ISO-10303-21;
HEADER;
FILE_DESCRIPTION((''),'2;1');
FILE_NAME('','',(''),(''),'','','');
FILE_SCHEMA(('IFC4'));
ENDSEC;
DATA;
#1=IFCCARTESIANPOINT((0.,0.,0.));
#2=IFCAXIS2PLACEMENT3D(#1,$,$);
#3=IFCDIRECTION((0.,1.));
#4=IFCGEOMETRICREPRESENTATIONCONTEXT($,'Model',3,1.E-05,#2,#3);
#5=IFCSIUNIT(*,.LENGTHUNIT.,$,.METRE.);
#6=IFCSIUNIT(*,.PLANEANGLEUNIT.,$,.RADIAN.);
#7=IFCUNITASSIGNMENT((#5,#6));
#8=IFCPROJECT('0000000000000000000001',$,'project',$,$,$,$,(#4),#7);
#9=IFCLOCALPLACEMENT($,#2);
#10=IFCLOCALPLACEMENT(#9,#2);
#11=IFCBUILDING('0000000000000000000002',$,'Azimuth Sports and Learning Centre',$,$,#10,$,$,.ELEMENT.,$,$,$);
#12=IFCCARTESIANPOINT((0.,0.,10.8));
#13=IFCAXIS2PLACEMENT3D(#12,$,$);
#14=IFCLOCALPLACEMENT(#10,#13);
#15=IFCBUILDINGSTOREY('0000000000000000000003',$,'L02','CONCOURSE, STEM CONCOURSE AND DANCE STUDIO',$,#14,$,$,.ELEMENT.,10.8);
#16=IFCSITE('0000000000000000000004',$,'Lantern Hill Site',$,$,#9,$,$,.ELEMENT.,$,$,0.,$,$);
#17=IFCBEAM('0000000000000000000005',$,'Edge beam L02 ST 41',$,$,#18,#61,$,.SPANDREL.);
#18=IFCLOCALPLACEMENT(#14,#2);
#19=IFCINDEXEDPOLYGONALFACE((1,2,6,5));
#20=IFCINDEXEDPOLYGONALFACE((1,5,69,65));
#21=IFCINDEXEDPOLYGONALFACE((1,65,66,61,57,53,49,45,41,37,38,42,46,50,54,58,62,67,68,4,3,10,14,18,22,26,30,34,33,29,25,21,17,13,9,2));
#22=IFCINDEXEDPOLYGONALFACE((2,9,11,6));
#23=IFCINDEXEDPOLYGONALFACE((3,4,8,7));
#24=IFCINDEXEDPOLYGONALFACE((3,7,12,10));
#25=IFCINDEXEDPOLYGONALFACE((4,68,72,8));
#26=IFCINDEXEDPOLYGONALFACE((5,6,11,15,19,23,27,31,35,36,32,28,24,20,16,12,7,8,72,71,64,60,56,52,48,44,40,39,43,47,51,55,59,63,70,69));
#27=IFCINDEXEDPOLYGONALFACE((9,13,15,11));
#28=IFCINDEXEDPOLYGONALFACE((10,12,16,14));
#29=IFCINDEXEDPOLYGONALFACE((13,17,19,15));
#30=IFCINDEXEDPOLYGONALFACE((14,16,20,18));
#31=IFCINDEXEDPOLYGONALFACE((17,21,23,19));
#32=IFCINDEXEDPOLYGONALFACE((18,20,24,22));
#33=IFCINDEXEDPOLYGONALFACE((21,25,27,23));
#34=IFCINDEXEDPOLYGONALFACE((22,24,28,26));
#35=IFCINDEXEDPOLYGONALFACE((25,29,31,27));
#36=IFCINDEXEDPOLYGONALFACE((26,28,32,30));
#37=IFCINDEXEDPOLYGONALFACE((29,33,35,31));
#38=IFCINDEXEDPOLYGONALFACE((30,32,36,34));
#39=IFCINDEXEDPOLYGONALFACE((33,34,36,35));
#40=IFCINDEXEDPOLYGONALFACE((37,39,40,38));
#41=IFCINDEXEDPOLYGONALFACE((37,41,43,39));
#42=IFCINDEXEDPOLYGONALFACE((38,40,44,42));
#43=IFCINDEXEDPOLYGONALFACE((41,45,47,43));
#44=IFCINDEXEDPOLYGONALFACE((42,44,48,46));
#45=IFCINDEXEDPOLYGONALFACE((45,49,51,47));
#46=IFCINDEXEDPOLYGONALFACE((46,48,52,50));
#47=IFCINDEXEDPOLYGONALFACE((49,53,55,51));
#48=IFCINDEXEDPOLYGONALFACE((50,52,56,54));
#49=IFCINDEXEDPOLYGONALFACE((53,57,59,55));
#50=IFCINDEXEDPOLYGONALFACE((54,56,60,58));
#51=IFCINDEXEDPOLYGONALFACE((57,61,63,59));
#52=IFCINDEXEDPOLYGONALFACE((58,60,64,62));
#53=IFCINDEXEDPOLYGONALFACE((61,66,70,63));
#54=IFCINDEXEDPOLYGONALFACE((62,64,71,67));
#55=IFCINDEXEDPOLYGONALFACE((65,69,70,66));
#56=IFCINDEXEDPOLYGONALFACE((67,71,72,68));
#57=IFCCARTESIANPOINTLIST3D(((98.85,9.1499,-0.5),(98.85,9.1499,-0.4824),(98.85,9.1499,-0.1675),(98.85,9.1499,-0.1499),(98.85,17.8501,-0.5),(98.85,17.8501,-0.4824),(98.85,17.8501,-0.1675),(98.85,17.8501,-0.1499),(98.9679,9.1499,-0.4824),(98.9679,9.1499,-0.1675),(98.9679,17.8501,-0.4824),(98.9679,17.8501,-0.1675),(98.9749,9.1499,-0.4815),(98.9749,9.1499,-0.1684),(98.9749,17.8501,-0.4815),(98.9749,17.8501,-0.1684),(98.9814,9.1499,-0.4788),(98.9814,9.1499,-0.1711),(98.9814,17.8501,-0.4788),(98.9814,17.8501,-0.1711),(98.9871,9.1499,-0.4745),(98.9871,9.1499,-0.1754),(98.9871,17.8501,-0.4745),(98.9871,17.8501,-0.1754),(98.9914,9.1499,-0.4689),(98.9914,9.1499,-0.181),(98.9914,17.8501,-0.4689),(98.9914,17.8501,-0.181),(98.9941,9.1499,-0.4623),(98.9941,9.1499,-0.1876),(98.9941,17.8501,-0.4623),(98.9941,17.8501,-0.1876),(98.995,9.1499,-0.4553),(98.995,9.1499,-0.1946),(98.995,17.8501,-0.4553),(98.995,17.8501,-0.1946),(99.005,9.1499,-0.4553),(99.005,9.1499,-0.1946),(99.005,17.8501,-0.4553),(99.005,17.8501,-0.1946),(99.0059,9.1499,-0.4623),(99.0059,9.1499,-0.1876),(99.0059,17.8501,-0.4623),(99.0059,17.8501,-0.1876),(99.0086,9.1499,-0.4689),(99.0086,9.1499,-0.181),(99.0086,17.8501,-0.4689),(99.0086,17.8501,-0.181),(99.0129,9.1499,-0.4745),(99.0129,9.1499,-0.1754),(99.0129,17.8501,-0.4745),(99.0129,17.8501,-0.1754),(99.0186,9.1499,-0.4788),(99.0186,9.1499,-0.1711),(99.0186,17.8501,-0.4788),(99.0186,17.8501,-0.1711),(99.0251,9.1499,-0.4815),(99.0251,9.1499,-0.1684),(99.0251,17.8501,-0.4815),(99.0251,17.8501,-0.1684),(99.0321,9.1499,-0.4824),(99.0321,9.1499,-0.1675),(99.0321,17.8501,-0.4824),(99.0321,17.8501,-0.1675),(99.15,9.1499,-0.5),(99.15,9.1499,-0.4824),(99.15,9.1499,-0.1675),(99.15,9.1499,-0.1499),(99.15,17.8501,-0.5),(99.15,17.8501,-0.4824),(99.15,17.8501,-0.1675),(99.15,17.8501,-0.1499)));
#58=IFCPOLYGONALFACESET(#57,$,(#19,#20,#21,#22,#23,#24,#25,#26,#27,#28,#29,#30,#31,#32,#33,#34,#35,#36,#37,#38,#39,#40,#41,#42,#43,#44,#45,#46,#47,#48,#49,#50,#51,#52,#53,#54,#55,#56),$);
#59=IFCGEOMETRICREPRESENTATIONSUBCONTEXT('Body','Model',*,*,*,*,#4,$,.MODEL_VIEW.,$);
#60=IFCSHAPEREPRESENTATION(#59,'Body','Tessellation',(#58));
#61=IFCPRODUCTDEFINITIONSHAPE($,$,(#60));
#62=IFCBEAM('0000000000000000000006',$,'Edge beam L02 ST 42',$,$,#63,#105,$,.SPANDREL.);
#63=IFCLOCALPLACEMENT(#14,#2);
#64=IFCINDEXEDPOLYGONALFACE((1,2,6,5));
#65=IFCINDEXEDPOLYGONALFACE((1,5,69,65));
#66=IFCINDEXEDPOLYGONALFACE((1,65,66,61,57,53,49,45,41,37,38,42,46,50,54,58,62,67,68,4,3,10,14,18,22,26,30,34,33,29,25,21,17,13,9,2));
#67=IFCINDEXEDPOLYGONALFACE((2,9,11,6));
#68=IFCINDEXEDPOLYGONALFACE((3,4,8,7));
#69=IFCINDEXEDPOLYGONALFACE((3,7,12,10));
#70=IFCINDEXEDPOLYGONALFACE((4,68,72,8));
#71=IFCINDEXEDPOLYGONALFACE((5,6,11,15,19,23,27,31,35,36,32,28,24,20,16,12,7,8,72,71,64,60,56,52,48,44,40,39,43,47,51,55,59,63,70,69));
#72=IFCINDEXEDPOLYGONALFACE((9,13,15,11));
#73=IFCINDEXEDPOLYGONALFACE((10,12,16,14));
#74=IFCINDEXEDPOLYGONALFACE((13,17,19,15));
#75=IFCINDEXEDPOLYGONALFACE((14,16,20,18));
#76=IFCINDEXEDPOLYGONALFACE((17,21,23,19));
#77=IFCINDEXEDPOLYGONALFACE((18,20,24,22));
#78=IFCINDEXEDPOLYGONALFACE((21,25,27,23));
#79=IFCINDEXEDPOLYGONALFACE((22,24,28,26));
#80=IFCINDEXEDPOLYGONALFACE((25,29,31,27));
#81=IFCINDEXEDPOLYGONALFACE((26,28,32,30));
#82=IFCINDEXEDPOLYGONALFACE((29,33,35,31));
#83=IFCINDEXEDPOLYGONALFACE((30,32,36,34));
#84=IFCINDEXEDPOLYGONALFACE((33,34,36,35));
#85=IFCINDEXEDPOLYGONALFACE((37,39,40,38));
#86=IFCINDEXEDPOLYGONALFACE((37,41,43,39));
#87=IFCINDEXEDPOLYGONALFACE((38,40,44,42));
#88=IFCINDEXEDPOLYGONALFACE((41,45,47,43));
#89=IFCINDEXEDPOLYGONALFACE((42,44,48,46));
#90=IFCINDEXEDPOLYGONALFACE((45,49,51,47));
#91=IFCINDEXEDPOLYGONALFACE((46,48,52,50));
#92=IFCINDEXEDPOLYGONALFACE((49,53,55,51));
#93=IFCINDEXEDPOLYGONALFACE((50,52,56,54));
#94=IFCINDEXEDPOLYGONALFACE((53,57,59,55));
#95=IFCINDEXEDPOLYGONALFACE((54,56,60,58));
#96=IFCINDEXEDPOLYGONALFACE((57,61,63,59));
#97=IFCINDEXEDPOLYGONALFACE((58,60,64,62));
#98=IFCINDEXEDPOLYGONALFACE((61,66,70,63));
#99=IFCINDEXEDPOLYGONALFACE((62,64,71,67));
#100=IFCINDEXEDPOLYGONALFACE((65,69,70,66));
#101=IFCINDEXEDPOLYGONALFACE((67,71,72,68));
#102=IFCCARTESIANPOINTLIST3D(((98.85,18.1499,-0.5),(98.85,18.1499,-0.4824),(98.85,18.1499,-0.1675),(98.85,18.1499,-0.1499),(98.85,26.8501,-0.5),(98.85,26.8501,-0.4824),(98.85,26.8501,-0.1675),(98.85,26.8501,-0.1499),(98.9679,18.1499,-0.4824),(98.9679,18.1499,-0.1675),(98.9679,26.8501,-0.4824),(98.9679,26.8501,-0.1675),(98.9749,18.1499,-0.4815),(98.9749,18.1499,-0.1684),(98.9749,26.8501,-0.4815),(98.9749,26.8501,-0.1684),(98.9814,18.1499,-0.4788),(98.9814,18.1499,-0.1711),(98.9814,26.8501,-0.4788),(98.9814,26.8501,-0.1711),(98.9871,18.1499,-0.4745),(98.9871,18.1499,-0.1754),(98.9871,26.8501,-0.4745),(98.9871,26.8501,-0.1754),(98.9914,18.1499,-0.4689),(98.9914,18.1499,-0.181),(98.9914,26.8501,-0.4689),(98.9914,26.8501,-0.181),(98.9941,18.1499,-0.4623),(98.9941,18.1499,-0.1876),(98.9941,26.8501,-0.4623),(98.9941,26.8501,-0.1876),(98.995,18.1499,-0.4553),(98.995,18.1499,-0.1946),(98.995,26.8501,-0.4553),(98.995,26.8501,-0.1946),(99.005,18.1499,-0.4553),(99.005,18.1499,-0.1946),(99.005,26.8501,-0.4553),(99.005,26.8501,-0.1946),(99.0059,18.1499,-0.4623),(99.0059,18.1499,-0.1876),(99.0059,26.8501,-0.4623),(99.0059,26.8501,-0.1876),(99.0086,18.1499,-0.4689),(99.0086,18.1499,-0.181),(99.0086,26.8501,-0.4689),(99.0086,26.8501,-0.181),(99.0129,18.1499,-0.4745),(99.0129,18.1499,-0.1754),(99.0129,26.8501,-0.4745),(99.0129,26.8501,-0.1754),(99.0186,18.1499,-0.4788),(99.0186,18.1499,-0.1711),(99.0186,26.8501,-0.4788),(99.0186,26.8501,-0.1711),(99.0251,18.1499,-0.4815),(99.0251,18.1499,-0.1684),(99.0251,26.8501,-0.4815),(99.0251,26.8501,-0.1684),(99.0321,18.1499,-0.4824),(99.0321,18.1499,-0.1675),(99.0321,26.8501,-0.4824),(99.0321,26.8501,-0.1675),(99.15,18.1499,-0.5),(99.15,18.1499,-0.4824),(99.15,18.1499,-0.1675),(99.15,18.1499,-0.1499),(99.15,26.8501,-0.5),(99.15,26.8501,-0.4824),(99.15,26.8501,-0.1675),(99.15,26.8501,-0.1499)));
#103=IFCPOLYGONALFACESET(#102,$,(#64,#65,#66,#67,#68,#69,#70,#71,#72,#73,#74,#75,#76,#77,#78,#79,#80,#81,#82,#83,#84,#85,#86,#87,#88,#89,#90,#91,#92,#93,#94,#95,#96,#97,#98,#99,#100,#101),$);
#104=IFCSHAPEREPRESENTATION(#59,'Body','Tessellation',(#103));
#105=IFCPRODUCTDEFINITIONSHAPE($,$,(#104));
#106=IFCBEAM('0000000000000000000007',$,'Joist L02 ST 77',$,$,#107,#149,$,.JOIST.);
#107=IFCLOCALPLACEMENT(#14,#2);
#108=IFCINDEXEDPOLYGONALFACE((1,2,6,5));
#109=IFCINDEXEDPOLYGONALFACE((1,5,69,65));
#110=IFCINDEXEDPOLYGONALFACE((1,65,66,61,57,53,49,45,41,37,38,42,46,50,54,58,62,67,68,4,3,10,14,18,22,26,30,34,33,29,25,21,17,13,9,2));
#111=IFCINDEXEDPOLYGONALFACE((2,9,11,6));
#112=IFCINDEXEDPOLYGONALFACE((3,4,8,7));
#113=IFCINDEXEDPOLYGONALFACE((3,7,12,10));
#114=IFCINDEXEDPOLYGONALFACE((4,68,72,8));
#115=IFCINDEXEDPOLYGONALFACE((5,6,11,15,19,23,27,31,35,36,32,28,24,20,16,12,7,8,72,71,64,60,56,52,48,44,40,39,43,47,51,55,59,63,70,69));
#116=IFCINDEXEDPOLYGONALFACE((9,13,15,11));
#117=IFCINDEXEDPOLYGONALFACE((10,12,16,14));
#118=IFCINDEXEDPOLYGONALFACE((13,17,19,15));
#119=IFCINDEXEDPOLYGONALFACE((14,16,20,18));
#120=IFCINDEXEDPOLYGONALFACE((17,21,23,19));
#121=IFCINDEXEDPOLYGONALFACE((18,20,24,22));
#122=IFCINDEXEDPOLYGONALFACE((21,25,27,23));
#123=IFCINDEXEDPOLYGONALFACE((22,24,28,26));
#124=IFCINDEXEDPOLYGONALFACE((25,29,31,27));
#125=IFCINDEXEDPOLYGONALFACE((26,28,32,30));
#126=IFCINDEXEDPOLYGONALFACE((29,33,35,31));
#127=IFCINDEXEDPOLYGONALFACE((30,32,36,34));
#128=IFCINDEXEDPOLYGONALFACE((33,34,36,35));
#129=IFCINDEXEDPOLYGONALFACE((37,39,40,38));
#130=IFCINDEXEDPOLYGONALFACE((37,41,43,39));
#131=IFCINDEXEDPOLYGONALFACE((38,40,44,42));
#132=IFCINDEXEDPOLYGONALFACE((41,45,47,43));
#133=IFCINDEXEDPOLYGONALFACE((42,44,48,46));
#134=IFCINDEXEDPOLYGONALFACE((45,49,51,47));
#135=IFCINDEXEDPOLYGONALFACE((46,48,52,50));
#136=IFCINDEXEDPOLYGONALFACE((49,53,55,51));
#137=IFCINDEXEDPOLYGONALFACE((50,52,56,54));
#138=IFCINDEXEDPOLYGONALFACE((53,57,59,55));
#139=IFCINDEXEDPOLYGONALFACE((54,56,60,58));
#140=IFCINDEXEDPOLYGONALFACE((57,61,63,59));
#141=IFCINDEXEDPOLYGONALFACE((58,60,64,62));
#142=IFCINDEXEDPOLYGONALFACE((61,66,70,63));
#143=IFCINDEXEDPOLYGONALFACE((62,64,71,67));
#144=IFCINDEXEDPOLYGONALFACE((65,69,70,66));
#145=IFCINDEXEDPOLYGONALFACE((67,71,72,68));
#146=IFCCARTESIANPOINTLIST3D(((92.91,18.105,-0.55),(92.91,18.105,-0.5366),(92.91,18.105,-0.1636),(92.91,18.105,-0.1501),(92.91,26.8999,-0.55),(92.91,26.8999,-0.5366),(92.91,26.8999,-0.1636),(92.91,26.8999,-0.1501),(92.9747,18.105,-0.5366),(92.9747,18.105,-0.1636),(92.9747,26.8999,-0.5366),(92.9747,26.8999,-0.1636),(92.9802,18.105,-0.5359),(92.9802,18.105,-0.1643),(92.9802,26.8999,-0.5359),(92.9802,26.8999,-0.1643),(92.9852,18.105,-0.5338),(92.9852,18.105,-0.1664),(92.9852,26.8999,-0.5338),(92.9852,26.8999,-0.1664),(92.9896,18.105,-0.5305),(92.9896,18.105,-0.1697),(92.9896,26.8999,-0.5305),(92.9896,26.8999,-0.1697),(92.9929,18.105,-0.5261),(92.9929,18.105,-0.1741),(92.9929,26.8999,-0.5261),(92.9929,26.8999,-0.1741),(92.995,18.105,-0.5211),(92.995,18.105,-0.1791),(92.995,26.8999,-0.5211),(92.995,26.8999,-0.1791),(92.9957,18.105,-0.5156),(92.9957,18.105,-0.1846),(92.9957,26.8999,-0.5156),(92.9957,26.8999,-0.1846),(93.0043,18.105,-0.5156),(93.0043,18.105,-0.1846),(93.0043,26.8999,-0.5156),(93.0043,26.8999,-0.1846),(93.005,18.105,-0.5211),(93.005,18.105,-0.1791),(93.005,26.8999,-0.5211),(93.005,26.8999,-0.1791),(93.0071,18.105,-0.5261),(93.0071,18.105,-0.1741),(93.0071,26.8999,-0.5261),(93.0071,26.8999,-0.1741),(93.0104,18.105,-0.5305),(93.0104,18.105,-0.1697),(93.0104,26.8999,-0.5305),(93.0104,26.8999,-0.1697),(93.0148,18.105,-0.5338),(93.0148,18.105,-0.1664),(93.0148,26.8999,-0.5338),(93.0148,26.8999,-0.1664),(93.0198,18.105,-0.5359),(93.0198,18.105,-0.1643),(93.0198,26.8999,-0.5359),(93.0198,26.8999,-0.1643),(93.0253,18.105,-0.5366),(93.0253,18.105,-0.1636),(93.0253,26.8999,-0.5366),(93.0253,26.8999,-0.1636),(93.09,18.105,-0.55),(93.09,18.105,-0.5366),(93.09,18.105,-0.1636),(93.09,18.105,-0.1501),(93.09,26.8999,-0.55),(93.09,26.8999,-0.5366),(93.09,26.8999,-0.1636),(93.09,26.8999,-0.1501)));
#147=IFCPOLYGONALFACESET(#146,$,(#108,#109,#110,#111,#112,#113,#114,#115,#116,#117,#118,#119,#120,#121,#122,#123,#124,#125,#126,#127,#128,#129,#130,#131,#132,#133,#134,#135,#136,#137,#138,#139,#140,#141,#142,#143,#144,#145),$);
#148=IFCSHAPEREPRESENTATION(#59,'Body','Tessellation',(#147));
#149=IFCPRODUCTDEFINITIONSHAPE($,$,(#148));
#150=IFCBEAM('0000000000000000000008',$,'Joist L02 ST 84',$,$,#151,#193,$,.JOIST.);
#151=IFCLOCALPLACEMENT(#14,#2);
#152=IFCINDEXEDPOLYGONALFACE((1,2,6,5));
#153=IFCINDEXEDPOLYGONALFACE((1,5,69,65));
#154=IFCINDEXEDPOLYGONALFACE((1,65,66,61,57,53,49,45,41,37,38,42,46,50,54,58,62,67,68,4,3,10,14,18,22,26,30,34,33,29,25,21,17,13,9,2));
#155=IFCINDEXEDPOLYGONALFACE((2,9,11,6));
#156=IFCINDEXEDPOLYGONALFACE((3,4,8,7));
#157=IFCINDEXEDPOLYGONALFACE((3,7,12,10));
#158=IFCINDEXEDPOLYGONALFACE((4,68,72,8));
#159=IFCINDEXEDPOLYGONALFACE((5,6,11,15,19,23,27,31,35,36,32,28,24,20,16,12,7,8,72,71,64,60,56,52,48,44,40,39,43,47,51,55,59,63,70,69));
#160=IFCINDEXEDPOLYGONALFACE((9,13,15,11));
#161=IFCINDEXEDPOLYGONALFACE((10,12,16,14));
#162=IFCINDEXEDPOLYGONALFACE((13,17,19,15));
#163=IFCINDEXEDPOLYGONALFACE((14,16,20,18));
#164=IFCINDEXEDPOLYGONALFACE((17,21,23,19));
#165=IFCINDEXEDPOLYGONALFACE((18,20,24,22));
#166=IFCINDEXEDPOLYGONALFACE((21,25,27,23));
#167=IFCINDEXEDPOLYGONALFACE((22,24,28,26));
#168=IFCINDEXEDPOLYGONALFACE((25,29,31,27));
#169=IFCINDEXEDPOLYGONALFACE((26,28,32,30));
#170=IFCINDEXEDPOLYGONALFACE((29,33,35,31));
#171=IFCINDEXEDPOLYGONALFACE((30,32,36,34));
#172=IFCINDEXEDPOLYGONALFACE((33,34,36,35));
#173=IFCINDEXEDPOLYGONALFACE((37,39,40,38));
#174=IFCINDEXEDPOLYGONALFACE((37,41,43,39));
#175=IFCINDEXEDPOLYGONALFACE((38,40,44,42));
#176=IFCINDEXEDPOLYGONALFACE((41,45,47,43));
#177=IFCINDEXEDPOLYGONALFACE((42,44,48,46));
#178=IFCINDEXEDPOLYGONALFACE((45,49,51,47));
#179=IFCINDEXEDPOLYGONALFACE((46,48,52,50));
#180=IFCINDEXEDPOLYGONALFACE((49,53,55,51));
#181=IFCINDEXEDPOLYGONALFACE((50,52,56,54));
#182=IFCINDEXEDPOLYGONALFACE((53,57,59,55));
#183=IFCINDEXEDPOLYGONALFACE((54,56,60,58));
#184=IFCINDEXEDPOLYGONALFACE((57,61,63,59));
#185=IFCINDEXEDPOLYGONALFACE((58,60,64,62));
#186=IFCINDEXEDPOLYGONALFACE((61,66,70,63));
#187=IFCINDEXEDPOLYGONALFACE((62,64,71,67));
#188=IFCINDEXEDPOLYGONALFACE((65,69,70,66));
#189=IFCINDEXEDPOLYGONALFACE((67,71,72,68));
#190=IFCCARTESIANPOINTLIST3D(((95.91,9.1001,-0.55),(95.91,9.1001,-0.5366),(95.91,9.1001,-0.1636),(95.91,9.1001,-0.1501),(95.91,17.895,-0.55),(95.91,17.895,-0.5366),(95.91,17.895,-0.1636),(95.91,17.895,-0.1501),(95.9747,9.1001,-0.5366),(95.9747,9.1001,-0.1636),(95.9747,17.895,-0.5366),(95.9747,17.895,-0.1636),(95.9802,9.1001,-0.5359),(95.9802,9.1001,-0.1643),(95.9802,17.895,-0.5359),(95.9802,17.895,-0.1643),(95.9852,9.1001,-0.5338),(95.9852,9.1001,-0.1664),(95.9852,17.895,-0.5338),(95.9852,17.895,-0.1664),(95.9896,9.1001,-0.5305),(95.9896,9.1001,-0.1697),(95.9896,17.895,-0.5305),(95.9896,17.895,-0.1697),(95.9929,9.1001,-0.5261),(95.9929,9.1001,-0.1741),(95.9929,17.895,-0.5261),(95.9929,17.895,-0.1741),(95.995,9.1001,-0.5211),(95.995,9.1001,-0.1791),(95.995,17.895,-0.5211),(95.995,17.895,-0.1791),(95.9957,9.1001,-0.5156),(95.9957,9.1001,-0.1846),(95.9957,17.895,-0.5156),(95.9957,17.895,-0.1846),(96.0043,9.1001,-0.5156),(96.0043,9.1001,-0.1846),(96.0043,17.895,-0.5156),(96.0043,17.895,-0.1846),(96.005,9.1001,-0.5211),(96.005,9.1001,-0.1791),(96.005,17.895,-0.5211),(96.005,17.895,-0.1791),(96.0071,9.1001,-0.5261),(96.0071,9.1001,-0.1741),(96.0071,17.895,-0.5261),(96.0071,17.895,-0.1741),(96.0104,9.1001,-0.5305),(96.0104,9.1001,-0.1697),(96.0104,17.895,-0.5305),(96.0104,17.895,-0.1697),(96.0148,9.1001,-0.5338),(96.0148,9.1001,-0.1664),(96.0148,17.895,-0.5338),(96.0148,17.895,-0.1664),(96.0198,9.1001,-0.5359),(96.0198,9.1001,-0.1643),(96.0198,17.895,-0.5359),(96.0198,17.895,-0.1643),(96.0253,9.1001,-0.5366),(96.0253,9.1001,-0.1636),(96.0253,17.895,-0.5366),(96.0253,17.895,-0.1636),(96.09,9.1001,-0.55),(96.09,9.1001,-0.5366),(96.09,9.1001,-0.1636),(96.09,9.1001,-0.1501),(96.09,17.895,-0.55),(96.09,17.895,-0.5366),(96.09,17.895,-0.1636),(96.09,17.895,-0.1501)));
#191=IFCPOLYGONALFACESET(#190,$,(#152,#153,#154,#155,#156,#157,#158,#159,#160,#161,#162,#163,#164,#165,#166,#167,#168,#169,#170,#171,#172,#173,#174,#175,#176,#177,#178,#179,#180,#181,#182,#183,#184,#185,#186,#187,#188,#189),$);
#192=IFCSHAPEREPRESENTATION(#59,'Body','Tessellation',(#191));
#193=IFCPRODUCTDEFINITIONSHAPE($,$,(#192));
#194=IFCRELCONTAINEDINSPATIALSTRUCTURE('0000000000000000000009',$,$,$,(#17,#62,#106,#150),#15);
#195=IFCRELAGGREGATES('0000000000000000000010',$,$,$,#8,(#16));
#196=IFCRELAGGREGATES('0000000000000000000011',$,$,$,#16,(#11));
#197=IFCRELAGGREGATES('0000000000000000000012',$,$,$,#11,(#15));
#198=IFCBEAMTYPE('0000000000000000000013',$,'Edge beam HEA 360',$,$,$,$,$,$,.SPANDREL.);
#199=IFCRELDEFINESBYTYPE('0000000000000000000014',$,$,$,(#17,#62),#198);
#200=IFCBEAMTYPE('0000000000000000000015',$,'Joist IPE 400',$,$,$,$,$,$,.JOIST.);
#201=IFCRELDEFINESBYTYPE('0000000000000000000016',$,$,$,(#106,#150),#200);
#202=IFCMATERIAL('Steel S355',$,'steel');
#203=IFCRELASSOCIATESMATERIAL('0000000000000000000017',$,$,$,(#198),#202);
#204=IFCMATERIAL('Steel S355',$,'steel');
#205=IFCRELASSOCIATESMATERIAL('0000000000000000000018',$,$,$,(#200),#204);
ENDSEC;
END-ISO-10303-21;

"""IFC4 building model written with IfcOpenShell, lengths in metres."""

from ifc_helpers import new_model, si_unit, direction, frame, origin, origin_2d, place, context, subcontext, project, spatial, i_section, extrude, material, material_profile, profile_set, type_object, element, save


model = new_model("IFC4")

# Units and contexts
model_context = context("Model", 3, precision=1e-05, world=origin(), true_north=direction((0.0, 1.0)))
body_context = subcontext(model_context, "Body", "Model", "MODEL_VIEW")
ifc_project = project(units=[si_unit("LENGTHUNIT", "METRE"), si_unit("PLANEANGLEUNIT", "RADIAN")], contexts=[model_context])

# Site, building, storey
site_placement = place(None, origin())
site = spatial("IfcSite", under=ifc_project, at=site_placement, Name="Lantern Hill Site", CompositionType="ELEMENT", RefElevation=0.0)
building_placement = place(site_placement, origin())
building = spatial("IfcBuilding", under=site, at=building_placement, Name="Azimuth Sports and Learning Centre", CompositionType="ELEMENT")
storey_placement = place(building_placement, frame((0.0, 0.0, 10.8)))
storey = spatial("IfcBuildingStorey", under=building, at=storey_placement, Name="L02", Description="CONCOURSE, STEM CONCOURSE AND DANCE STUDIO", CompositionType="ELEMENT", Elevation=10.8)

# Beams
ifc_material_1 = material(Name="Steel S355", Category="steel")
ifc_material_profile_1 = material_profile(ifc_material_1, i_section(OverallWidth=0.3, OverallDepth=0.3501, WebThickness=0.01, FlangeThickness=0.0176, FilletRadius=0.0271, at=origin_2d()), Name="HEA 360")
ifc_profile_set_1 = profile_set([ifc_material_profile_1], Name="Steel S355")
beam_type_1 = type_object("IfcBeamType", Name="Edge beam HEA 360", PredefinedType="SPANDREL", material=ifc_profile_set_1)
for number, where, z_axis, x_axis, name in (
    (1, (99.0, 9.1499, -0.325), (0.0, 1.0, 0.0), (-1.0, 0.0, 0.0), "Edge beam L02 ST 41"),
    (2, (99.0, 18.1499, -0.325), (0.0, 1.0, 0.0), (-1.0, 0.0, 0.0), "Edge beam L02 ST 42"),
):
    element("IfcBeam", number, at=place(storey_placement, frame(where, z_axis=z_axis, x_axis=x_axis)), inside=storey, type_object=beam_type_1, Name=name, PredefinedType="SPANDREL", context=body_context, shape_type="SweptSolid", body=[
        extrude(i_section(OverallWidth=0.3, OverallDepth=0.3501, WebThickness=0.01, FlangeThickness=0.0176, FilletRadius=0.0271, at=origin_2d()), origin(), (0.0, 0.0, 1.0), 8.7002),
    ])
ifc_material_2 = material(Name="Steel S355", Category="steel")
ifc_material_profile_2 = material_profile(ifc_material_2, i_section(OverallWidth=0.1799, OverallDepth=0.3999, WebThickness=0.0085, FlangeThickness=0.0134, FilletRadius=0.021, at=origin_2d()), Name="IPE 400")
ifc_profile_set_2 = profile_set([ifc_material_profile_2], Name="Steel S355")
beam_type_2 = type_object("IfcBeamType", Name="Joist IPE 400", PredefinedType="JOIST", material=ifc_profile_set_2)
for number, where, z_axis, x_axis, name in (
    (3, (93.0, 18.105, -0.3501), (0.0, 1.0, 0.0), (-1.0, 0.0, 0.0), "Joist L02 ST 77"),
    (4, (96.0, 9.1001, -0.3501), (0.0, 1.0, 0.0), (-1.0, 0.0, 0.0), "Joist L02 ST 84"),
):
    element("IfcBeam", number, at=place(storey_placement, frame(where, z_axis=z_axis, x_axis=x_axis)), inside=storey, type_object=beam_type_2, Name=name, PredefinedType="JOIST", context=body_context, shape_type="SweptSolid", body=[
        extrude(i_section(OverallWidth=0.1799, OverallDepth=0.3999, WebThickness=0.0085, FlangeThickness=0.0134, FilletRadius=0.021, at=origin_2d()), origin(), (0.0, 0.0, 1.0), 8.7949),
    ])

save(model, "model.ifc")
